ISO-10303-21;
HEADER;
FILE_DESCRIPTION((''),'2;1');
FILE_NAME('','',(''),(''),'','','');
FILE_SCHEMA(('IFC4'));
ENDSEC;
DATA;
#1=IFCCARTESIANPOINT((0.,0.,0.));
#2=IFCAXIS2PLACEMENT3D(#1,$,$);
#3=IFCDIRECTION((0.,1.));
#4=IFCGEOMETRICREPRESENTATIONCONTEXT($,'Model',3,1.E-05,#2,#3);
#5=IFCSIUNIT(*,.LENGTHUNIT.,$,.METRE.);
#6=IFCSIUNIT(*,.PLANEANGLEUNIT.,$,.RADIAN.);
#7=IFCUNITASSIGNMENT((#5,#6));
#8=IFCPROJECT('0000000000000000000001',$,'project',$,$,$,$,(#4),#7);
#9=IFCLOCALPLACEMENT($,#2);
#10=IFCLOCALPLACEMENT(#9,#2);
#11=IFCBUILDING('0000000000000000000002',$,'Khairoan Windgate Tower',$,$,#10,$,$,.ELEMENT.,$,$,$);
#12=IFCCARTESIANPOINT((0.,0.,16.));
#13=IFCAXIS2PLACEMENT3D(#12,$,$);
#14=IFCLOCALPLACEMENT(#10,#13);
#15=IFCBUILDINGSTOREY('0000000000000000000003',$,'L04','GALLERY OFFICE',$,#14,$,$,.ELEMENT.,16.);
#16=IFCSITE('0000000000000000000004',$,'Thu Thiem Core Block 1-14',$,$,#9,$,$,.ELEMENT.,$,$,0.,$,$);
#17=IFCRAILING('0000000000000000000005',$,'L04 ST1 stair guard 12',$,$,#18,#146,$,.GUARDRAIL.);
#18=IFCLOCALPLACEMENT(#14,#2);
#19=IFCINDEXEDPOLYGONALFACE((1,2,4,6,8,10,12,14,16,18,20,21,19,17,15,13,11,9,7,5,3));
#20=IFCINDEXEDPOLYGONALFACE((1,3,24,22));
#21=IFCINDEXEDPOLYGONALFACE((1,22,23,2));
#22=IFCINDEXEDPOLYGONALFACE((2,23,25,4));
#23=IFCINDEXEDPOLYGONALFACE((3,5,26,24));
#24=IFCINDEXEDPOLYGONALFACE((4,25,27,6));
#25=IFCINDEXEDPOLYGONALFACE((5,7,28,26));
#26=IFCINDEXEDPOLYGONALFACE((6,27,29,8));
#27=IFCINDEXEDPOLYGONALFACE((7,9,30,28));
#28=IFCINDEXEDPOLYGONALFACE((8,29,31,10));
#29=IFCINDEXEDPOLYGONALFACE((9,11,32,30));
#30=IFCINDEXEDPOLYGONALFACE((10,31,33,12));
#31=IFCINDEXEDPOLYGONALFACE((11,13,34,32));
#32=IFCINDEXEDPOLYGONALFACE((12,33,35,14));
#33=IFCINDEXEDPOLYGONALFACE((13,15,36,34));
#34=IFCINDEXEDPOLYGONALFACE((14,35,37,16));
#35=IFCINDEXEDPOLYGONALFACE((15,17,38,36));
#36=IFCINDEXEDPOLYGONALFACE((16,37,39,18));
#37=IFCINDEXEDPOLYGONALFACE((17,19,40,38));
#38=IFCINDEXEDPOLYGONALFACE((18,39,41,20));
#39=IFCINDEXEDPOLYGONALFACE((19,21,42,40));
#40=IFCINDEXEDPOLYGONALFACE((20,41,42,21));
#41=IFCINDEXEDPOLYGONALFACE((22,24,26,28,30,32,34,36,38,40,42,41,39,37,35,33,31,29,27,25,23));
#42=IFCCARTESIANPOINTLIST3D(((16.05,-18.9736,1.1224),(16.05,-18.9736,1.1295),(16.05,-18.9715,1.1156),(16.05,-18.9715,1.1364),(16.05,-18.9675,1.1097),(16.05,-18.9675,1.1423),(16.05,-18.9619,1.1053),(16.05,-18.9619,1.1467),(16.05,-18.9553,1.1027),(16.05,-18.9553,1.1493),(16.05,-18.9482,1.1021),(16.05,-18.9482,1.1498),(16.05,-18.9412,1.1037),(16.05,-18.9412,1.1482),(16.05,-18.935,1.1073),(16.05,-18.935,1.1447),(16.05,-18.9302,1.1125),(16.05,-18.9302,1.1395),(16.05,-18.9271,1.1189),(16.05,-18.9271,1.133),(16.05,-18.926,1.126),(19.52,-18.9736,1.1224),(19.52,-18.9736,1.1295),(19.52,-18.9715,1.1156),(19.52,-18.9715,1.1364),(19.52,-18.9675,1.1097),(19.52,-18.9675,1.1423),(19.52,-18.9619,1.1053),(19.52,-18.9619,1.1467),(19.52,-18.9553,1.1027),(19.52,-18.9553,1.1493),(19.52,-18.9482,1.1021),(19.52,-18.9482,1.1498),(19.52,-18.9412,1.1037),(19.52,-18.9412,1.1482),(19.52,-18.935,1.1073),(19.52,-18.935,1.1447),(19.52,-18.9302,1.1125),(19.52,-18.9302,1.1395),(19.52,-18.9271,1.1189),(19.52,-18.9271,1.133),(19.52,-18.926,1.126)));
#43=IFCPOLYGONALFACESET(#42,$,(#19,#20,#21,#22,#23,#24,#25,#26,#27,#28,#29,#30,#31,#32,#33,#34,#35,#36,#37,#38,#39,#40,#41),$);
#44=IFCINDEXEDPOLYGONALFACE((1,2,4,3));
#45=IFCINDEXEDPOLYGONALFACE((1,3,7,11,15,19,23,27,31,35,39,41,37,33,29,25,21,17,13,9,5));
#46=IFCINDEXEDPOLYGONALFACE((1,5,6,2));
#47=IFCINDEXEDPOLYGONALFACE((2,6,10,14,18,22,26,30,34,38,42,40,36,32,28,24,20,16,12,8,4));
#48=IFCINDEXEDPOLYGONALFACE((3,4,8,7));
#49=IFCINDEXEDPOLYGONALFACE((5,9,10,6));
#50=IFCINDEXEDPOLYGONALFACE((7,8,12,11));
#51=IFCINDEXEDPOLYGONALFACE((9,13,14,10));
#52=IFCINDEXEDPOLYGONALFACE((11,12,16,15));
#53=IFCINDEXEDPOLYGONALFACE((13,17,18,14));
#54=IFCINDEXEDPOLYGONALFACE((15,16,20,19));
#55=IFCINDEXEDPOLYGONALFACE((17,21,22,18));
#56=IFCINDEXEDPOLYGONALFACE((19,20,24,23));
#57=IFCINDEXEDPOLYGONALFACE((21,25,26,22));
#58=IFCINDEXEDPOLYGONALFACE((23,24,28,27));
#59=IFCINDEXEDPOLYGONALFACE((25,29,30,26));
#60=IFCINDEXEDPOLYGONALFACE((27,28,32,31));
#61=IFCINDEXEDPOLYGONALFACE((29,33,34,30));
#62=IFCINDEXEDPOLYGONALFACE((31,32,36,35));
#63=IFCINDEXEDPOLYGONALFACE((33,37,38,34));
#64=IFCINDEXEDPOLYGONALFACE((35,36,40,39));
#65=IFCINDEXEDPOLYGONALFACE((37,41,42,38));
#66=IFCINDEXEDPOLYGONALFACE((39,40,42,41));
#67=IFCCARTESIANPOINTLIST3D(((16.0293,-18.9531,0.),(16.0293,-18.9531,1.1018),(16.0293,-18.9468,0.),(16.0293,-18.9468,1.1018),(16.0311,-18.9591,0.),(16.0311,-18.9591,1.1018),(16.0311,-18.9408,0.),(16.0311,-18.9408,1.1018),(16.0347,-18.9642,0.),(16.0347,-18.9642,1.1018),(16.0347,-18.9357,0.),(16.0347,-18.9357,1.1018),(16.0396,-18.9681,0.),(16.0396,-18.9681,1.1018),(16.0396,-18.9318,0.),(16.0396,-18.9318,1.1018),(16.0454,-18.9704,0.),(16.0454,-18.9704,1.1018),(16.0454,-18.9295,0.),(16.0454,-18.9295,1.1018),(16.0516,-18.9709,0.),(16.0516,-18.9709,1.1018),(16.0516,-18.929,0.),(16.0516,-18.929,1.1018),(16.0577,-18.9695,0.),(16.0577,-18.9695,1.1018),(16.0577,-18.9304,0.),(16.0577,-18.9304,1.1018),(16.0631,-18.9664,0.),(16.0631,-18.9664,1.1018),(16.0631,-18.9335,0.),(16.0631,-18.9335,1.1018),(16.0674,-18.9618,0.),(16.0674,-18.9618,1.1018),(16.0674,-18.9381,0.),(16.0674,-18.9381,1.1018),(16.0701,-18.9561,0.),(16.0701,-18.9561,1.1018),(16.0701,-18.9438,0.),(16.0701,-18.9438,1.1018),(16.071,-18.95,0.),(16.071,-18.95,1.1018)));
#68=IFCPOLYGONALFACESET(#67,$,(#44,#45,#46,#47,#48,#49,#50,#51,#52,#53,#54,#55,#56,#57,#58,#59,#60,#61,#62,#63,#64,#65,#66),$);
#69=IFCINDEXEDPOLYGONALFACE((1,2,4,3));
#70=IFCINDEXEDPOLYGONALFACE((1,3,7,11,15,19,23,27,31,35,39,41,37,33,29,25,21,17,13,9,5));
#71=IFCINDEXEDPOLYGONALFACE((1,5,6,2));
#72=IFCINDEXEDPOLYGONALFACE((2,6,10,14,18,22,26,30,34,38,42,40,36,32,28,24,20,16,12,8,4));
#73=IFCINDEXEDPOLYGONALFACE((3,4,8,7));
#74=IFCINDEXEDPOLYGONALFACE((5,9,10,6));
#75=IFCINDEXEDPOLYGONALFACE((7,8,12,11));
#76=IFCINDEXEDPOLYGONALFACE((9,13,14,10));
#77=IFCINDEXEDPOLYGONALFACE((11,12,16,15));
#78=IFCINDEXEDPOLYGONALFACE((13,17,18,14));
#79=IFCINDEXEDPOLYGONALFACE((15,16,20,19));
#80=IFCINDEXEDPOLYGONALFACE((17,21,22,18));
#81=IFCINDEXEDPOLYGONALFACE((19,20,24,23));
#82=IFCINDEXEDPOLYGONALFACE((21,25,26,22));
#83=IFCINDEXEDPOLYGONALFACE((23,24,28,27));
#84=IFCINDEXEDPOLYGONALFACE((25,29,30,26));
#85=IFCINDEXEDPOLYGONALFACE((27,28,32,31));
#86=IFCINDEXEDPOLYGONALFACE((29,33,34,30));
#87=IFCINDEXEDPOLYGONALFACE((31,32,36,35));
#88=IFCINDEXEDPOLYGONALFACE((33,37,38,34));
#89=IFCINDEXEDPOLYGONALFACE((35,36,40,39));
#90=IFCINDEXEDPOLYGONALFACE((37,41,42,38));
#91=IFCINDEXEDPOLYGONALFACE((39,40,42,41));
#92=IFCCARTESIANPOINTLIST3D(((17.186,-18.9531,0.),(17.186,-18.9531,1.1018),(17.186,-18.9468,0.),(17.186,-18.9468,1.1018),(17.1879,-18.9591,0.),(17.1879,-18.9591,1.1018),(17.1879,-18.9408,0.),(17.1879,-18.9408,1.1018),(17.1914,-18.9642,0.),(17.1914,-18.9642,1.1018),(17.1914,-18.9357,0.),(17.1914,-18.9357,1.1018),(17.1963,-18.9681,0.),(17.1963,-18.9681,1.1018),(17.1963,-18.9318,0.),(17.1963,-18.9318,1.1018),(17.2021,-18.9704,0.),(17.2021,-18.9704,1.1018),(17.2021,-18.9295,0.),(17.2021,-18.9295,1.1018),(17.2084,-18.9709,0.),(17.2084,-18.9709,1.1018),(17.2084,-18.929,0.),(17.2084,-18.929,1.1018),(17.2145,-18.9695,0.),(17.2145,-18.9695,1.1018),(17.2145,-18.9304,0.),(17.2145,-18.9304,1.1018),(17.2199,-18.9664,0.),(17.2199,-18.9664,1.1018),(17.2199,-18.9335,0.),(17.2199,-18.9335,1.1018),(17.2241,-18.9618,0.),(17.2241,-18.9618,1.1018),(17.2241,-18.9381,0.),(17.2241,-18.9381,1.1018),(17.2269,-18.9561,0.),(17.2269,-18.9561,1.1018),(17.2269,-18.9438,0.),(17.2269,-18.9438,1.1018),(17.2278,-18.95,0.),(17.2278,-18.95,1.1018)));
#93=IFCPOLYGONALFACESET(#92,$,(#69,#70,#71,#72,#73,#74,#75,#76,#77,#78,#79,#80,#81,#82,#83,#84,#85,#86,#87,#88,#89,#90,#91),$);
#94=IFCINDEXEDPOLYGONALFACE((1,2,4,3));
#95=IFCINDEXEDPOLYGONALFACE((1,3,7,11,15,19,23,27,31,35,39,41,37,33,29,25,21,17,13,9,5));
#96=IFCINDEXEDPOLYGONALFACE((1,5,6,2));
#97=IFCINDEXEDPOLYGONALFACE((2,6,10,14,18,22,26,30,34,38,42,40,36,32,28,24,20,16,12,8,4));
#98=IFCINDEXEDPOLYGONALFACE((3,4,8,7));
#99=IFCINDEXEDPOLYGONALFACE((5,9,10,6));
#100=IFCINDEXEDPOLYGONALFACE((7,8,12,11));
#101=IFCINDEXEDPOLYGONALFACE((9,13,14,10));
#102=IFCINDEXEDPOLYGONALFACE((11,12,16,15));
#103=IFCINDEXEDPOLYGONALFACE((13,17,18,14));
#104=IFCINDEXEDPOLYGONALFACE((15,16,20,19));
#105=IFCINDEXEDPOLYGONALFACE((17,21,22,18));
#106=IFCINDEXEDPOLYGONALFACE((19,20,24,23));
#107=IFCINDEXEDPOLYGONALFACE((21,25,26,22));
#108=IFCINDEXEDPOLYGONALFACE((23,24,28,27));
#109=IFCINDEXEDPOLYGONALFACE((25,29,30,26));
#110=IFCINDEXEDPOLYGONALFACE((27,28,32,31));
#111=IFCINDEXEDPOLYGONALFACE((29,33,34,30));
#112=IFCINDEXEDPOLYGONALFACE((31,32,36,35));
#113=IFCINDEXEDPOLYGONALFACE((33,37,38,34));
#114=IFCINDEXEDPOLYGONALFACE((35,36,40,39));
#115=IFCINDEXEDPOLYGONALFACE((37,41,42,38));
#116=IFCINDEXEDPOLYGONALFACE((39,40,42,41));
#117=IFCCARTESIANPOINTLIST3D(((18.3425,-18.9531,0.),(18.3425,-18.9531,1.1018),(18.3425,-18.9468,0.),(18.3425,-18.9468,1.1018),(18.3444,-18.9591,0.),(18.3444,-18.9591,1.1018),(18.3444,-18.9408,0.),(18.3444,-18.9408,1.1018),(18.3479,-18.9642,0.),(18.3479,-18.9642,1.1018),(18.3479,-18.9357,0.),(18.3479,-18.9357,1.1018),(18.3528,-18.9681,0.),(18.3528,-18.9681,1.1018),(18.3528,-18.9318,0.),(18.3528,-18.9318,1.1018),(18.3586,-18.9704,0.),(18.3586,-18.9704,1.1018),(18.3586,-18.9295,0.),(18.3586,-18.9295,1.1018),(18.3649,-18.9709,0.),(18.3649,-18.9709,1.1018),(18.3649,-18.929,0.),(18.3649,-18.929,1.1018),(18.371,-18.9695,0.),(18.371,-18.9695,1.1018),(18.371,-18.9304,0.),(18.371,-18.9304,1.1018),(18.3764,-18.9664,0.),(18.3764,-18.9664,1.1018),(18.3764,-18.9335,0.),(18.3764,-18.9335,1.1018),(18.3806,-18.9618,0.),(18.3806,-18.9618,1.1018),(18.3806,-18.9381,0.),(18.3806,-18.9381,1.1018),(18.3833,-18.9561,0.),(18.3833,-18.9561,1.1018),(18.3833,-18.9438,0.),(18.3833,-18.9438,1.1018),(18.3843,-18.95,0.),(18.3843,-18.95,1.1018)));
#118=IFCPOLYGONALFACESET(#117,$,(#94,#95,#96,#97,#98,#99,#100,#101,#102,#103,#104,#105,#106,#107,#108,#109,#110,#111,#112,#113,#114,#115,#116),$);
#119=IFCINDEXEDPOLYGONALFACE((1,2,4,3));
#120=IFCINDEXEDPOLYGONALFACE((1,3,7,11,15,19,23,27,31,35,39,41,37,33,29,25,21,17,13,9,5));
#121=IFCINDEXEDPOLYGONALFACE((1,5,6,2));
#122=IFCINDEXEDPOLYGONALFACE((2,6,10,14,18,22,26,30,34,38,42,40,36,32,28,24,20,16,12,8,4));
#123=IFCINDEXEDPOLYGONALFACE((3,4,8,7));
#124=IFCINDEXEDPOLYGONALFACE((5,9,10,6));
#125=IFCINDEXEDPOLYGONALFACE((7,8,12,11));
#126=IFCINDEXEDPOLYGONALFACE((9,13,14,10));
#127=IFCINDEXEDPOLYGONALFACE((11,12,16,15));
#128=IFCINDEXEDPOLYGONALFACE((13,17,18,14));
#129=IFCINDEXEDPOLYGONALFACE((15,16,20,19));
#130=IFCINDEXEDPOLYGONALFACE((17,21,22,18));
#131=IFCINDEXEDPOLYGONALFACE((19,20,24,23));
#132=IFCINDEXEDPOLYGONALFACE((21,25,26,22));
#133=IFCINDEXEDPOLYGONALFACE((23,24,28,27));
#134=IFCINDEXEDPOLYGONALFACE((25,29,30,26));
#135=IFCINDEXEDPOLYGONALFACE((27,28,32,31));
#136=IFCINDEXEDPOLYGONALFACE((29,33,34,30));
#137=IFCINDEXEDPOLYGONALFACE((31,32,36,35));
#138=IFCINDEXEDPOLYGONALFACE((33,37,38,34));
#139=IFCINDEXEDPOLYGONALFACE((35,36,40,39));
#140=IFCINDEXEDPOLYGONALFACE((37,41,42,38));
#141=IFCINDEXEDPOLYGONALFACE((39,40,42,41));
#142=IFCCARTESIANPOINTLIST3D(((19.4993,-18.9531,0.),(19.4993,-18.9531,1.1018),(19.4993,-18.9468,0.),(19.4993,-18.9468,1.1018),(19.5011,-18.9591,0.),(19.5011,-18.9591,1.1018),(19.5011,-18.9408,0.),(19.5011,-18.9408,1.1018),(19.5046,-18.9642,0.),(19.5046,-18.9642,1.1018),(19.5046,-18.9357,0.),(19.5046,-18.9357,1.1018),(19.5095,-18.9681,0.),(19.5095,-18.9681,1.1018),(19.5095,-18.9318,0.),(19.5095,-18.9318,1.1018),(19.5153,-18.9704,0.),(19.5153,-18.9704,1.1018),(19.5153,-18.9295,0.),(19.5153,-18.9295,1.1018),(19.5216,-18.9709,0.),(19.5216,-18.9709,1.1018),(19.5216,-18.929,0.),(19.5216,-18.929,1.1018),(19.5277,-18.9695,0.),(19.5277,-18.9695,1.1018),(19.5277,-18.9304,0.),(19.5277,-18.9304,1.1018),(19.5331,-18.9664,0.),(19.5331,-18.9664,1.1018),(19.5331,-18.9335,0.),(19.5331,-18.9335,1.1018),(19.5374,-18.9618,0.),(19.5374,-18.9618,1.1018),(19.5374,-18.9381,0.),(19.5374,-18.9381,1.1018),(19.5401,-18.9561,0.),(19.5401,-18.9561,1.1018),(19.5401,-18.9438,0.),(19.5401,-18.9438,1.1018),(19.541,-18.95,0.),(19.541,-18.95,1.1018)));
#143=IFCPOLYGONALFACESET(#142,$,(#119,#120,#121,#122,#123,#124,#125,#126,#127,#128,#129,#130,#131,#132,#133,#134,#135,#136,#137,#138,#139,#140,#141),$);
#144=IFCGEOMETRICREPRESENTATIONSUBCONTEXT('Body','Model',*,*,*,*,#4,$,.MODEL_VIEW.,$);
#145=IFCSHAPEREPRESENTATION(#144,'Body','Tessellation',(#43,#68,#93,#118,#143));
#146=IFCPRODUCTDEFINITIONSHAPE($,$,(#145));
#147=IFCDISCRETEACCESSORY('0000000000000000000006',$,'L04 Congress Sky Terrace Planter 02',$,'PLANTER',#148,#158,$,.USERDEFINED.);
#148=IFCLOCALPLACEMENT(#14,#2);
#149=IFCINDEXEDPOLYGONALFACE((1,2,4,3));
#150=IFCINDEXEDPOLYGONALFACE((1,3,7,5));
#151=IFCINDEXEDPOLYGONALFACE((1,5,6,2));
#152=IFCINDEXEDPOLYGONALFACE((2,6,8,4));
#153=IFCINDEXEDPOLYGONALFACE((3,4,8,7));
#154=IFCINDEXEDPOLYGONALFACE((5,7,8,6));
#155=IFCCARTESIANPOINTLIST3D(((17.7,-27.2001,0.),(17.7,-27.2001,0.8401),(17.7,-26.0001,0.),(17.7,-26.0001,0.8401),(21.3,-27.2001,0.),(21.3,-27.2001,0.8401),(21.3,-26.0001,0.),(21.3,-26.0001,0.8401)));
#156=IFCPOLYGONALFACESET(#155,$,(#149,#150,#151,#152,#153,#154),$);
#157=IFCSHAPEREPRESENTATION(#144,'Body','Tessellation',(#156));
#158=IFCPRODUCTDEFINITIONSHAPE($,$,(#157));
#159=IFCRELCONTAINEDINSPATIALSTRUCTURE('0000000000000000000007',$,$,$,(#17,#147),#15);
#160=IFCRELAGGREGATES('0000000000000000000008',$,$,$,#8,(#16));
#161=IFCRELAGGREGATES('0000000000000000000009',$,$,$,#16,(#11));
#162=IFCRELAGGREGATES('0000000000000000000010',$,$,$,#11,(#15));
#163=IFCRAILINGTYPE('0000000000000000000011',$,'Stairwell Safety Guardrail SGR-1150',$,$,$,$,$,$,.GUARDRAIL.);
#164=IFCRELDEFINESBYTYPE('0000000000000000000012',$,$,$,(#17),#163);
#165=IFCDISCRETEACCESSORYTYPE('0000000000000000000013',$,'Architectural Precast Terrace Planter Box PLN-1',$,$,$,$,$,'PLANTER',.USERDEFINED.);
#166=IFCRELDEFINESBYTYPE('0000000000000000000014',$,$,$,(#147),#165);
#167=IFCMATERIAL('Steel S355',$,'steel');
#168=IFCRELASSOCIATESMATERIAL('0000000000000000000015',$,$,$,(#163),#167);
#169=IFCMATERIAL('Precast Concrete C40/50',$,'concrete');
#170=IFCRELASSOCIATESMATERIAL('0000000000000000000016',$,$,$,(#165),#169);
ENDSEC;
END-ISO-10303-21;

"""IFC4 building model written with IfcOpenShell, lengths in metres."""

from ifc_helpers import new_model, si_unit, direction, frame, origin, origin_2d, place, context, subcontext, project, spatial, rectangle, circle, extrude, material, type_object, element, save


model = new_model("IFC4")

# Units and contexts
model_context = context("Model", 3, precision=1e-05, world=origin(), true_north=direction((0.0, 1.0)))
body_context = subcontext(model_context, "Body", "Model", "MODEL_VIEW")
ifc_project = project(units=[si_unit("LENGTHUNIT", "METRE"), si_unit("PLANEANGLEUNIT", "RADIAN")], contexts=[model_context])

# Site, building, storey
site_placement = place(None, origin())
site = spatial("IfcSite", under=ifc_project, at=site_placement, Name="Thu Thiem Core Block 1-14", CompositionType="ELEMENT", RefElevation=0.0)
building_placement = place(site_placement, origin())
building = spatial("IfcBuilding", under=site, at=building_placement, Name="Khairoan Windgate Tower", CompositionType="ELEMENT")
storey_placement = place(building_placement, frame((0.0, 0.0, 16.0)))
storey = spatial("IfcBuildingStorey", under=building, at=storey_placement, Name="L04", Description="GALLERY OFFICE", CompositionType="ELEMENT", Elevation=16.0)

# Railing
ifc_material_1 = material(Name="Steel S355", Category="steel")
railing_type = type_object("IfcRailingType", Name="Stairwell Safety Guardrail SGR-1150", PredefinedType="GUARDRAIL", material=ifc_material_1)
railing_1_placement = place(storey_placement, frame((16.05, -18.95, 0.0)))
element("IfcRailing", 1, at=railing_1_placement, inside=storey, type_object=railing_type, Name="L04 ST1 stair guard 12", PredefinedType="GUARDRAIL", context=body_context, shape_type="SweptSolid", body=[
    extrude(circle(Radius=0.0239, at=origin_2d()), frame((0.0, 0.0, 1.126), z_axis=(1.0, 0.0, 0.0), x_axis=(0.0, 1.0, 0.0)), (0.0, 0.0, 1.0), 3.47),
    extrude(circle(Radius=0.021, at=origin_2d()), origin(), (0.0, 0.0, 1.0), 1.1018),
    extrude(circle(Radius=0.021, at=origin_2d()), frame((1.1567, 0.0, 0.0)), (0.0, 0.0, 1.0), 1.1018),
    extrude(circle(Radius=0.021, at=origin_2d()), frame((2.3132, 0.0, 0.0)), (0.0, 0.0, 1.0), 1.1018),
    extrude(circle(Radius=0.021, at=origin_2d()), frame((3.47, 0.0, 0.0)), (0.0, 0.0, 1.0), 1.1018),
])

# Discrete accessory
ifc_material_2 = material(Name="Precast Concrete C40/50", Category="concrete")
discrete_accessory_type = type_object("IfcDiscreteAccessoryType", Name="Architectural Precast Terrace Planter Box PLN-1", ElementType="PLANTER", PredefinedType="USERDEFINED", material=ifc_material_2)
discrete_accessory_placement = place(storey_placement, frame((19.5, -26.6001, 0.0), z_axis=(0.0, 0.0, 1.0), x_axis=(1.0, 0.0, 0.0)))
element("IfcDiscreteAccessory", 2, at=discrete_accessory_placement, inside=storey, type_object=discrete_accessory_type, Name="L04 Congress Sky Terrace Planter 02", ObjectType="PLANTER", PredefinedType="USERDEFINED", context=body_context, shape_type="SweptSolid", body=[
    extrude(rectangle(XDim=3.6001, YDim=1.2, at=origin_2d()), origin(), (0.0, 0.0, 1.0), 0.8401),
])

save(model, "model.ifc")
